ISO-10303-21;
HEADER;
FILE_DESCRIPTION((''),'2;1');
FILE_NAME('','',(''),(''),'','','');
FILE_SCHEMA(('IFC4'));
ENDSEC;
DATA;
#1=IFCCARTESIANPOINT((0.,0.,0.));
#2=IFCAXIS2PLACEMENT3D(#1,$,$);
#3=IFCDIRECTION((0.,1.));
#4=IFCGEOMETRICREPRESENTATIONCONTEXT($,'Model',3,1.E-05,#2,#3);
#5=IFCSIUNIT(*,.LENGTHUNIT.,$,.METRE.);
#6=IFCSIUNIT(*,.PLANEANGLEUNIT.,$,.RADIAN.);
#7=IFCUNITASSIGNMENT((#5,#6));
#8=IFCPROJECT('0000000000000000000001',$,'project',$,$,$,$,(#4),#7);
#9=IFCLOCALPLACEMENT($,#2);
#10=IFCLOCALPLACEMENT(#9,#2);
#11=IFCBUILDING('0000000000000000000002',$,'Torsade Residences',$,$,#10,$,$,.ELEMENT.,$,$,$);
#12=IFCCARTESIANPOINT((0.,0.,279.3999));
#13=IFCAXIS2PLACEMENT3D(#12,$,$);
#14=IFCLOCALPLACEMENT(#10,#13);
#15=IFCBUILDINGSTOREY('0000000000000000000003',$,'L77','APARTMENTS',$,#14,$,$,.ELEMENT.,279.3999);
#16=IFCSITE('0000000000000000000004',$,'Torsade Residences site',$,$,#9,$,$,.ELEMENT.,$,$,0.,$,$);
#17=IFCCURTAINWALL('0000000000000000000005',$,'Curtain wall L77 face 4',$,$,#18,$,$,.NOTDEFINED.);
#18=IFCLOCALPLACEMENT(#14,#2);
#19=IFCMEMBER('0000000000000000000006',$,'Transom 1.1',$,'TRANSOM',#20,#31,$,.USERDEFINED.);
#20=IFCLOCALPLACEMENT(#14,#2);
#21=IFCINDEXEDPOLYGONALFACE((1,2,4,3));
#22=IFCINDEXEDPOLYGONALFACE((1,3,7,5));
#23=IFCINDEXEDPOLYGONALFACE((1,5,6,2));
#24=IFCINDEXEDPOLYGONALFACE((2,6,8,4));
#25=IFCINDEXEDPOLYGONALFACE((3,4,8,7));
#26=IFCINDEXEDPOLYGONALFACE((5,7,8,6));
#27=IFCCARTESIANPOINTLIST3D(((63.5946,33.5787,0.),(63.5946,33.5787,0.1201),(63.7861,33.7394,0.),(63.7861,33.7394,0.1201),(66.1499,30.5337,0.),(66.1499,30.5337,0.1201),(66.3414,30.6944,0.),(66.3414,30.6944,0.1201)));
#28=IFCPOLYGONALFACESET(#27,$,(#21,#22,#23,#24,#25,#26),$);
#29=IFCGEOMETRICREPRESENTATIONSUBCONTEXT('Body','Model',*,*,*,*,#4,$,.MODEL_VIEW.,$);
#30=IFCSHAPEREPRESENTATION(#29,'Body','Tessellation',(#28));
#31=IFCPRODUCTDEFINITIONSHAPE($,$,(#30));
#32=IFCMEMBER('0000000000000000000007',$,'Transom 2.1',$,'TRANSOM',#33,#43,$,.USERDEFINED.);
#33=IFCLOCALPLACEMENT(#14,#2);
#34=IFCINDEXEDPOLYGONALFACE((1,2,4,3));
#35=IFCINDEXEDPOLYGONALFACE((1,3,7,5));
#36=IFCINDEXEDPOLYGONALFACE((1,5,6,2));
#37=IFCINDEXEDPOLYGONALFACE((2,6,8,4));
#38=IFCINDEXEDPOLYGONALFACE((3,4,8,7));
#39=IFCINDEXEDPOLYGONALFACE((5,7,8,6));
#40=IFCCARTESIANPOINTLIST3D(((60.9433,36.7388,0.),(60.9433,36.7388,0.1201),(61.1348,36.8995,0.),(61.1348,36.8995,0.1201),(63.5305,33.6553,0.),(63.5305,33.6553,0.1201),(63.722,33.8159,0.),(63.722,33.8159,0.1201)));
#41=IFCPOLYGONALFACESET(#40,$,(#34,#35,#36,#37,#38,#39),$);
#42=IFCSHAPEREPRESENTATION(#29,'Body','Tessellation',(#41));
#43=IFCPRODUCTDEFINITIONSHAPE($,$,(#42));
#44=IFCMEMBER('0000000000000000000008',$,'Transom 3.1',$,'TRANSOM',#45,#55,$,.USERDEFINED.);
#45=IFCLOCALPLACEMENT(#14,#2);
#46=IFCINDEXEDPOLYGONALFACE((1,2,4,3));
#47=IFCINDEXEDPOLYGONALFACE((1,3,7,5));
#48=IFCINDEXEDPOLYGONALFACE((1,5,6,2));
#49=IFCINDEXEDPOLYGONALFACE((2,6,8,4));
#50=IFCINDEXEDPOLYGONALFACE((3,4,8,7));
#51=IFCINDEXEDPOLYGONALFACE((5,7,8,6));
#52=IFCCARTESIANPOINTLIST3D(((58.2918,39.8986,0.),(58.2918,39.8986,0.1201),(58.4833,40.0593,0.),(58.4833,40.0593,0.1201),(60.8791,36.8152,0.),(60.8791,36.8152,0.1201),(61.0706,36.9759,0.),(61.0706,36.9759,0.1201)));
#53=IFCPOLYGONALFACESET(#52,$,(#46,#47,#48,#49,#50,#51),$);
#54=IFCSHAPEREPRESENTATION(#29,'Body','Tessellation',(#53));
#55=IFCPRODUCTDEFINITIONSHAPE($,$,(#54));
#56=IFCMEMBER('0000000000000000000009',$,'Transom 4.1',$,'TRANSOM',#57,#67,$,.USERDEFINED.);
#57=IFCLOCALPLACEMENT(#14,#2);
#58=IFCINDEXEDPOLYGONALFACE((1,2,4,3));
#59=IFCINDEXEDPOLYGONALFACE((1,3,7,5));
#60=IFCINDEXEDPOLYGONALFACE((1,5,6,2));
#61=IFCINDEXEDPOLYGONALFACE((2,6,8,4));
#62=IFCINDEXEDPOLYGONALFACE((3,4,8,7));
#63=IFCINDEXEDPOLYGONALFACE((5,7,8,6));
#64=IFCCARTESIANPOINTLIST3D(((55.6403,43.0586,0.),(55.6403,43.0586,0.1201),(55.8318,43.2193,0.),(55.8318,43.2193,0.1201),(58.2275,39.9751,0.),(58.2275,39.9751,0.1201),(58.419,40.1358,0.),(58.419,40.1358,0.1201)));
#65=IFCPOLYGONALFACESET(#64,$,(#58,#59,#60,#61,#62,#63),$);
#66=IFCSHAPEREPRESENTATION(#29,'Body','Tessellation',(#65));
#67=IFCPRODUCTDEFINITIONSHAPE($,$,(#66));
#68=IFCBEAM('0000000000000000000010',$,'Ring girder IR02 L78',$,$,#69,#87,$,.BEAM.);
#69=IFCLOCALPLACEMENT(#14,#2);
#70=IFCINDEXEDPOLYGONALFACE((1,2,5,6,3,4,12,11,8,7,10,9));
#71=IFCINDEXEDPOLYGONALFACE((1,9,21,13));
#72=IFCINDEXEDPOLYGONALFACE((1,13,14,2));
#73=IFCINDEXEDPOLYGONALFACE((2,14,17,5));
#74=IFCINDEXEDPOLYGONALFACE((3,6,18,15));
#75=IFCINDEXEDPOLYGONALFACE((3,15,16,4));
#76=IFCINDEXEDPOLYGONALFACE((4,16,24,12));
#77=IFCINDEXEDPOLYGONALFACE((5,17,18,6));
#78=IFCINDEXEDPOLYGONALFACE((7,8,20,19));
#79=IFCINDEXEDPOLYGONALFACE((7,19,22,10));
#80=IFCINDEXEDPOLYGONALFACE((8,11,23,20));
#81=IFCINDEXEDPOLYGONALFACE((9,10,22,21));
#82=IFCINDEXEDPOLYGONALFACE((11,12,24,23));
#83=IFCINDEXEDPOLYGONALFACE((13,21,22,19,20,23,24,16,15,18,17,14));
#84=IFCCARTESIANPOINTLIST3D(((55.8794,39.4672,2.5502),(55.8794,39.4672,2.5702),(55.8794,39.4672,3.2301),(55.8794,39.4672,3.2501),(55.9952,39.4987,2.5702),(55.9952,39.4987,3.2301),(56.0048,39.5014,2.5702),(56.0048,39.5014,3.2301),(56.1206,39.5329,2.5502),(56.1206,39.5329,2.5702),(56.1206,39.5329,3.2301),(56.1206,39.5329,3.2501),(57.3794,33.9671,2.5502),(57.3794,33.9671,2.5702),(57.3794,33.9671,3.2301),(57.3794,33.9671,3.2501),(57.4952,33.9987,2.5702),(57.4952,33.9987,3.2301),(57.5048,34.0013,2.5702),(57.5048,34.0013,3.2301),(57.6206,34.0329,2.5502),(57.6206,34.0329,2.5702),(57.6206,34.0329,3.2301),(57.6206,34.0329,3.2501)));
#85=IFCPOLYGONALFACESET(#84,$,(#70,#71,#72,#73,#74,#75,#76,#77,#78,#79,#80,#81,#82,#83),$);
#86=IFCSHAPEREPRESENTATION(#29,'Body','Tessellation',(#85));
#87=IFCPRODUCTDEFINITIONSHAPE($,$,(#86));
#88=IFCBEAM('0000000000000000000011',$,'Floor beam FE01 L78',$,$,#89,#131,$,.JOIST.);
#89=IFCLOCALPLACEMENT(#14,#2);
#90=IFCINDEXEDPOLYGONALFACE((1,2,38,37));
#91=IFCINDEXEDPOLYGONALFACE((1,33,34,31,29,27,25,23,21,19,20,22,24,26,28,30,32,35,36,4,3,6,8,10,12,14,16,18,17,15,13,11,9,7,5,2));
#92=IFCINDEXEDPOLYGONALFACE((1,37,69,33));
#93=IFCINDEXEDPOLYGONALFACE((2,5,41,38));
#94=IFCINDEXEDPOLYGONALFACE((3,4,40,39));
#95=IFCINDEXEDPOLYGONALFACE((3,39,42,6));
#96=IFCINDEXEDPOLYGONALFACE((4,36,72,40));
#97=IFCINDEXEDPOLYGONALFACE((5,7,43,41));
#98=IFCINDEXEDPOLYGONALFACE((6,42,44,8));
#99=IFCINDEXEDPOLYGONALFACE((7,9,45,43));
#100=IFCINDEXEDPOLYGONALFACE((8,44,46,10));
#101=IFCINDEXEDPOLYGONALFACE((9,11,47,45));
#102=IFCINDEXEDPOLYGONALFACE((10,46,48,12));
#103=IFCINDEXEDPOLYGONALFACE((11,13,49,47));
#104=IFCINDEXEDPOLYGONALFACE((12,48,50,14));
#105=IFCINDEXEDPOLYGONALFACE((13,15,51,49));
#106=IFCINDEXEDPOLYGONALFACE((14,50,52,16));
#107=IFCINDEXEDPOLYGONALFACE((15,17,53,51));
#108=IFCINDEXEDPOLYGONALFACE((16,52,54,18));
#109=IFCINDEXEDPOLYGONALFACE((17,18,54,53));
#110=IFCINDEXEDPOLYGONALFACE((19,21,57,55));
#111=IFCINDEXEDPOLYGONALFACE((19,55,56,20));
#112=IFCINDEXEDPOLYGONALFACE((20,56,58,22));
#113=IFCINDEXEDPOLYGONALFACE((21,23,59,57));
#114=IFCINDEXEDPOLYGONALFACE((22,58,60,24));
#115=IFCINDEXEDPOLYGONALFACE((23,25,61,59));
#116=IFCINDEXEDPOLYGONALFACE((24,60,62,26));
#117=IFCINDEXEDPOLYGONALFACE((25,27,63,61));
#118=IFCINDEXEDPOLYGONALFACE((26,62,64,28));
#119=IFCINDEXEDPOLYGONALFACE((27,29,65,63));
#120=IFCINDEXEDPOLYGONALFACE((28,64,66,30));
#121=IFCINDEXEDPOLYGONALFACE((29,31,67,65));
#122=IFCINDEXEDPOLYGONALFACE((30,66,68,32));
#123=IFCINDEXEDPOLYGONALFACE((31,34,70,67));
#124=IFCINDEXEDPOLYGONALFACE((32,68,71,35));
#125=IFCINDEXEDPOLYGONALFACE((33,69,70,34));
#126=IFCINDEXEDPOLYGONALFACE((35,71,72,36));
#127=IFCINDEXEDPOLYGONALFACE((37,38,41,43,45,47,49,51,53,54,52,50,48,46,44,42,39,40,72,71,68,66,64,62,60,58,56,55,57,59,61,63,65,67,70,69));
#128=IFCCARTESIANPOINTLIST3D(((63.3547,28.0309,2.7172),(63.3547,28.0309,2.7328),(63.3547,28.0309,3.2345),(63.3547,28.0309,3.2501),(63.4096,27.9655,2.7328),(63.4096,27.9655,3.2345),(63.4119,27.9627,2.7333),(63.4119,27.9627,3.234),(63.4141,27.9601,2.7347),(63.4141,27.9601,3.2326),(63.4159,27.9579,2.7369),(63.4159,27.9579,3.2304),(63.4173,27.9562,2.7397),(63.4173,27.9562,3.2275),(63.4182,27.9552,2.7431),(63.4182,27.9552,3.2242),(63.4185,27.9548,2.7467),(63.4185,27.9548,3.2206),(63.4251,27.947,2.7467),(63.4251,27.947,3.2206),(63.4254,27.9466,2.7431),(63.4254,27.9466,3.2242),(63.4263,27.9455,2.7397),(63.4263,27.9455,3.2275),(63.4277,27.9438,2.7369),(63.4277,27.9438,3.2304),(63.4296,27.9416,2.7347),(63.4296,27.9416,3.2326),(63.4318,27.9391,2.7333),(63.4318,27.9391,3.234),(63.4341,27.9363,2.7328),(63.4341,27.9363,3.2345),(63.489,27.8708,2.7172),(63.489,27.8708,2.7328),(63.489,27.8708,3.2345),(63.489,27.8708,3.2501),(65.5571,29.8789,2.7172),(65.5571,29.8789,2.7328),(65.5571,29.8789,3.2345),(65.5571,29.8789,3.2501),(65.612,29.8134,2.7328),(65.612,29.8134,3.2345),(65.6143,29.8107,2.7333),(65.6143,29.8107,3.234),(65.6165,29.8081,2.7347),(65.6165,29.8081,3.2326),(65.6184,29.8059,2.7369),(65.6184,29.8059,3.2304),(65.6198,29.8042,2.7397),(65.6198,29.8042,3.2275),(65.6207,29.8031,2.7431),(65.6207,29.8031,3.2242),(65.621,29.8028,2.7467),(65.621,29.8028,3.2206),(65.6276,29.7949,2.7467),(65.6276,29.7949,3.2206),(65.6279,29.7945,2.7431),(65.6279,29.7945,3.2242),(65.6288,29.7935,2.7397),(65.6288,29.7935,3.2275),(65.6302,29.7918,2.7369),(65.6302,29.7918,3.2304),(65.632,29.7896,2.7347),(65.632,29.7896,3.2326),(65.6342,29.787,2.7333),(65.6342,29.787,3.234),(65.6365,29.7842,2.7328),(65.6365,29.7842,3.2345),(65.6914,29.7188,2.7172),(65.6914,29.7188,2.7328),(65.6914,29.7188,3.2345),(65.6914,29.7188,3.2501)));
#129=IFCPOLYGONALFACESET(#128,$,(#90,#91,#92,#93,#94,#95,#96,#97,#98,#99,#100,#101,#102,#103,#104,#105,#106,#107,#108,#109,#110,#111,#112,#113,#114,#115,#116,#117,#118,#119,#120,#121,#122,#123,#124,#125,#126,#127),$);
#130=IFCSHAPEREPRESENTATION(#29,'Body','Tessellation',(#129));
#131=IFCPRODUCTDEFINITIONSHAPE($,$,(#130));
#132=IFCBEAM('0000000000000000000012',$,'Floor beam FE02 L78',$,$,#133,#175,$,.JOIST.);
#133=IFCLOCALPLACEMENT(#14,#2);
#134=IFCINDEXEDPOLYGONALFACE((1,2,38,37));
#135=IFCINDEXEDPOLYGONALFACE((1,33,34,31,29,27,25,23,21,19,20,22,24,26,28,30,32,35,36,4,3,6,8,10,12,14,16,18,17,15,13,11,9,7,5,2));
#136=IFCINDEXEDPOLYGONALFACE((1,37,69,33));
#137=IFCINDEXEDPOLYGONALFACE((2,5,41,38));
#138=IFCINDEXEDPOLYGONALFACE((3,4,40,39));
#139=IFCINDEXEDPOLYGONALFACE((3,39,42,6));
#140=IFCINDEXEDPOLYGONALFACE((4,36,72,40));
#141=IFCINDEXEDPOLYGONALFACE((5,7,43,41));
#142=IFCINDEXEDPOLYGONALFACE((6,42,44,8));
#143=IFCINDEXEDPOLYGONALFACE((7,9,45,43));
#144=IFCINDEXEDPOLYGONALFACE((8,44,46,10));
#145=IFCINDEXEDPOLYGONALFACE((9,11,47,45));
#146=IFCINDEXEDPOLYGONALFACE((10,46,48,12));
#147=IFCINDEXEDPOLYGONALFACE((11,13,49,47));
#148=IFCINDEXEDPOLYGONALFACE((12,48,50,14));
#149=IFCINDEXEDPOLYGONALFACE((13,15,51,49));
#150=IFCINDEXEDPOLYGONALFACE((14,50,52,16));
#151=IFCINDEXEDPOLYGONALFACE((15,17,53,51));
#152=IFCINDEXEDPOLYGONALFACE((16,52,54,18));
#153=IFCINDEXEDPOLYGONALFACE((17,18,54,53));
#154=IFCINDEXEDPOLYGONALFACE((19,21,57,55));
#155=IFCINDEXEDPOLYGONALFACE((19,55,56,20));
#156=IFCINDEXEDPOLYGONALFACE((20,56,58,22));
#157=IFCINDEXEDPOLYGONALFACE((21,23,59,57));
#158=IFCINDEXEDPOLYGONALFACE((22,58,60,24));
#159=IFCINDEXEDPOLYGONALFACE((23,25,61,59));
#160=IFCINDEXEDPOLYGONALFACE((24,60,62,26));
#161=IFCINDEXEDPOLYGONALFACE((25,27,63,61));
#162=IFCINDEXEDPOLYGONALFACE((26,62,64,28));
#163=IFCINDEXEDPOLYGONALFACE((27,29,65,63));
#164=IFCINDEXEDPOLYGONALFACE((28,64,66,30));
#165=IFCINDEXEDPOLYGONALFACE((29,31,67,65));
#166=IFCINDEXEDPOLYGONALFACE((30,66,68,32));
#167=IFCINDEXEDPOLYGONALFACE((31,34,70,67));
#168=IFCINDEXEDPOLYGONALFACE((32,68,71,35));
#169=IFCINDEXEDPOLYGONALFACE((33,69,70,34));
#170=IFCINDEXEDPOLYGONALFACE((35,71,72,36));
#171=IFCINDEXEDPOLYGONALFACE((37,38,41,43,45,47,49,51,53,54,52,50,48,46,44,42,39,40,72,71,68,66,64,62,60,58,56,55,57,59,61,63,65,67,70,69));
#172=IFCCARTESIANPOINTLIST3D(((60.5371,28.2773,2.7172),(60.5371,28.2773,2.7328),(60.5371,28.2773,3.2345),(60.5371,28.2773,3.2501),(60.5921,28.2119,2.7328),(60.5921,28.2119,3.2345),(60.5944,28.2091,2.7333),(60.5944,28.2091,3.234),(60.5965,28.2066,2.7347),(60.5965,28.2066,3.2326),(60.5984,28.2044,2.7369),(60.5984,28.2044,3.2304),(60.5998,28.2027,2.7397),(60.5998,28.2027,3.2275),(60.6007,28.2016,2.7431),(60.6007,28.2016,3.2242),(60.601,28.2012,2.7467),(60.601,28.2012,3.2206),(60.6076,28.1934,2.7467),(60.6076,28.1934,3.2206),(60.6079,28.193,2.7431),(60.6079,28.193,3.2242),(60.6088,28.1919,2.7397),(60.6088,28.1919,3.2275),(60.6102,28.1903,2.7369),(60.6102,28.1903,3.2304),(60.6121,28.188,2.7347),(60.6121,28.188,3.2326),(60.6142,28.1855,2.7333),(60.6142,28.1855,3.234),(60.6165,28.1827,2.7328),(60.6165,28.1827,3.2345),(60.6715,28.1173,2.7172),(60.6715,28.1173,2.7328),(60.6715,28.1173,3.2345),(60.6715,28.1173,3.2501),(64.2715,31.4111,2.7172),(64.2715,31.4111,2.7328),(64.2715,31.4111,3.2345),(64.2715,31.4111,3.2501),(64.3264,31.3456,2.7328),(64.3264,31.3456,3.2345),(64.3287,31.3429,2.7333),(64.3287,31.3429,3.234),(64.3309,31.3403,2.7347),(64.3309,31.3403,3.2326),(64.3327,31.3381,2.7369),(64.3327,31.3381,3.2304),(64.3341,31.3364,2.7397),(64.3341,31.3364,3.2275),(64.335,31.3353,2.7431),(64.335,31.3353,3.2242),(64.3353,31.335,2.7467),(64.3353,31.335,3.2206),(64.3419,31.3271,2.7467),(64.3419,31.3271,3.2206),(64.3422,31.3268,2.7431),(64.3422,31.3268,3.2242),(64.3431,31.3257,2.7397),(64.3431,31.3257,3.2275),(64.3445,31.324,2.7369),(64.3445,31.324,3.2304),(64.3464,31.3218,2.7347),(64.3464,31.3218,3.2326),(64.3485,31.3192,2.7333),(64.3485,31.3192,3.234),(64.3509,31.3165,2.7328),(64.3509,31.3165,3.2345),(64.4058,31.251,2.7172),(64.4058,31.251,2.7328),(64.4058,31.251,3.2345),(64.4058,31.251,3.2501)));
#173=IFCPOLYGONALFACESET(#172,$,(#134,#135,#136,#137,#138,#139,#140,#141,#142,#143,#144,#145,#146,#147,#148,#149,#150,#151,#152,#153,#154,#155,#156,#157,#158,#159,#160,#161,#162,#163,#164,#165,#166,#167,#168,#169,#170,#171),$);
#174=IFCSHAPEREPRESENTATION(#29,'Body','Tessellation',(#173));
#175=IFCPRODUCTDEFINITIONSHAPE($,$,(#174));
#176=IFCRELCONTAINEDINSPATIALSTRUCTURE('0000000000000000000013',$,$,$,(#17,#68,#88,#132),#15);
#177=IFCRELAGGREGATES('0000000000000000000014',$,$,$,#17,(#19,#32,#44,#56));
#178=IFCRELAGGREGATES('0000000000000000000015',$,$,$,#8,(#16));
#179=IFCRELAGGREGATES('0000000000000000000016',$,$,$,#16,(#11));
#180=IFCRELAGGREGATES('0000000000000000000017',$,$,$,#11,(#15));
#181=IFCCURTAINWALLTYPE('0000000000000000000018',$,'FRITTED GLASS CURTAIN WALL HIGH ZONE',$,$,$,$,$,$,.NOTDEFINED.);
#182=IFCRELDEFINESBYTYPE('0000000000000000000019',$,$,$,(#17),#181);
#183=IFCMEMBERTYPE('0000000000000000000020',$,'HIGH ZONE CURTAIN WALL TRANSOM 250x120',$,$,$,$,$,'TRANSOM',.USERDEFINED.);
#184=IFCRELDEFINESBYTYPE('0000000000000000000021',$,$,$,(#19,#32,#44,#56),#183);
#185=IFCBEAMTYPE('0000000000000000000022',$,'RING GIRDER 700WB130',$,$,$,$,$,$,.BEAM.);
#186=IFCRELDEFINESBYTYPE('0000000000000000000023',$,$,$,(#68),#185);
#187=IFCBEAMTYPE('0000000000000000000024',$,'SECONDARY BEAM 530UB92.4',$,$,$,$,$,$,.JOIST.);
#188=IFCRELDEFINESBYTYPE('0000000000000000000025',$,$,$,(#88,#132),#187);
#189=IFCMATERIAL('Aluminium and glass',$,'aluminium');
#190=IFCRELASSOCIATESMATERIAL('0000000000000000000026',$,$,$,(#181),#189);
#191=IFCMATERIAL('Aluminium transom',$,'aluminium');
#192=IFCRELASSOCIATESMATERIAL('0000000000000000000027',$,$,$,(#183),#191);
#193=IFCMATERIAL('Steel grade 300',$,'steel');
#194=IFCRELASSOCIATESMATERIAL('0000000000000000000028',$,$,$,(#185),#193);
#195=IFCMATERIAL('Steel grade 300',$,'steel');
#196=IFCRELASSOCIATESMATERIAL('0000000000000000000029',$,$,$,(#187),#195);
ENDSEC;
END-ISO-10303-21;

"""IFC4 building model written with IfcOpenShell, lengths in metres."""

from ifc_helpers import new_model, si_unit, direction, frame, origin, origin_2d, place, context, subcontext, project, spatial, rectangle, i_section, extrude, material, material_profile, profile_set, type_object, element, aggregate, save


model = new_model("IFC4")

# Units and contexts
model_context = context("Model", 3, precision=1e-05, world=origin(), true_north=direction((0.0, 1.0)))
body_context = subcontext(model_context, "Body", "Model", "MODEL_VIEW")
ifc_project = project(units=[si_unit("LENGTHUNIT", "METRE"), si_unit("PLANEANGLEUNIT", "RADIAN")], contexts=[model_context])

# Site, building, storey
site_placement = place(None, origin())
site = spatial("IfcSite", under=ifc_project, at=site_placement, Name="Torsade Residences site", CompositionType="ELEMENT", RefElevation=0.0)
building_placement = place(site_placement, origin())
building = spatial("IfcBuilding", under=site, at=building_placement, Name="Torsade Residences", CompositionType="ELEMENT")
storey_placement = place(building_placement, frame((0.0, 0.0, 279.3999)))
storey = spatial("IfcBuildingStorey", under=building, at=storey_placement, Name="L77", Description="APARTMENTS", CompositionType="ELEMENT", Elevation=279.3999)

# Curtain wall, members
ifc_material_1 = material(Name="Aluminium and glass", Category="aluminium")
curtain_wall_type = type_object("IfcCurtainWallType", Name="FRITTED GLASS CURTAIN WALL HIGH ZONE", PredefinedType="NOTDEFINED", material=ifc_material_1)
curtain_wall_placement = place(storey_placement, origin())
curtain_wall = element("IfcCurtainWall", 1, at=curtain_wall_placement, inside=storey, type_object=curtain_wall_type, Name="Curtain wall L77 face 4", PredefinedType="NOTDEFINED")
ifc_material_2 = material(Name="Aluminium transom", Category="aluminium")
ifc_material_profile_1 = material_profile(ifc_material_2, rectangle(XDim=0.25, YDim=0.1201, at=origin_2d()), Name="HIGH ZONE CURTAIN WALL TRANSOM 250x120")
ifc_profile_set_1 = profile_set([ifc_material_profile_1], Name="Aluminium transom")
member_type_1 = type_object("IfcMemberType", Name="HIGH ZONE CURTAIN WALL TRANSOM 250x120", ElementType="TRANSOM", PredefinedType="USERDEFINED", material=ifc_profile_set_1)
member_1_placement = place(storey_placement, frame((66.2456, 30.614, 0.0601), z_axis=(-0.642815, 0.766022, 0.0), x_axis=(-0.766022, -0.642815, 0.0)))
member_1 = element("IfcMember", 2, at=member_1_placement, type_object=member_type_1, Name="Transom 1.1", ObjectType="TRANSOM", PredefinedType="USERDEFINED", context=body_context, shape_type="SweptSolid", body=[
    extrude(rectangle(XDim=0.25, YDim=0.1201, at=origin_2d()), origin(), (0.0, 0.0, 1.0), 3.9751),
])
member_2_placement = place(storey_placement, frame((63.6262, 33.7356, 0.0601), z_axis=(-0.642758, 0.766069, 0.0), x_axis=(-0.766069, -0.642758, 0.0)))
member_2 = element("IfcMember", 3, at=member_2_placement, type_object=member_type_1, Name="Transom 2.1", ObjectType="TRANSOM", PredefinedType="USERDEFINED", context=body_context, shape_type="SweptSolid", body=[
    extrude(rectangle(XDim=0.25, YDim=0.1201, at=origin_2d()), origin(), (0.0, 0.0, 1.0), 4.0251),
])
member_3_placement = place(storey_placement, frame((60.9749, 36.8955, 0.0601), z_axis=(-0.642794, 0.766039, 0.0), x_axis=(-0.766039, -0.642794, 0.0)))
member_3 = element("IfcMember", 4, at=member_3_placement, type_object=member_type_1, Name="Transom 3.1", ObjectType="TRANSOM", PredefinedType="USERDEFINED", context=body_context, shape_type="SweptSolid", body=[
    extrude(rectangle(XDim=0.25, YDim=0.1201, at=origin_2d()), origin(), (0.0, 0.0, 1.0), 4.0251),
])
member_4_placement = place(storey_placement, frame((58.3232, 40.0554, 0.0601), z_axis=(-0.642758, 0.766069, 0.0), x_axis=(-0.766069, -0.642758, 0.0)))
member_4 = element("IfcMember", 5, at=member_4_placement, type_object=member_type_1, Name="Transom 4.1", ObjectType="TRANSOM", PredefinedType="USERDEFINED", context=body_context, shape_type="SweptSolid", body=[
    extrude(rectangle(XDim=0.25, YDim=0.1201, at=origin_2d()), origin(), (0.0, 0.0, 1.0), 4.0251),
])

# Beams
ifc_material_3 = material(Name="Steel grade 300", Category="steel")
ifc_material_profile_2 = material_profile(ifc_material_3, i_section(OverallWidth=0.25, OverallDepth=0.7, WebThickness=0.01, FlangeThickness=0.02, at=origin_2d()), Name="700WB130")
ifc_profile_set_2 = profile_set([ifc_material_profile_2], Name="Steel grade 300")
beam_type_1 = type_object("IfcBeamType", Name="RING GIRDER 700WB130", PredefinedType="BEAM", material=ifc_profile_set_2)
beam_1_placement = place(storey_placement, frame((57.5, 34.0, 2.9001), z_axis=(-0.263117, 0.964764, 0.0), x_axis=(-0.964764, -0.263117, 0.0)))
element("IfcBeam", 6, at=beam_1_placement, inside=storey, type_object=beam_type_1, Name="Ring girder IR02 L78", PredefinedType="BEAM", context=body_context, shape_type="SweptSolid", body=[
    extrude(i_section(OverallWidth=0.25, OverallDepth=0.7, WebThickness=0.01, FlangeThickness=0.02, at=origin_2d()), origin(), (0.0, 0.0, 1.0), 5.7009),
])
ifc_material_4 = material(Name="Steel grade 300", Category="steel")
ifc_material_profile_3 = material_profile(ifc_material_4, i_section(OverallWidth=0.209, OverallDepth=0.533, WebThickness=0.0103, FlangeThickness=0.0156, FilletRadius=0.0139, at=origin_2d()), Name="530UB92.4")
ifc_profile_set_3 = profile_set([ifc_material_profile_3], Name="Steel grade 300")
beam_type_2 = type_object("IfcBeamType", Name="SECONDARY BEAM 530UB92.4", PredefinedType="JOIST", material=ifc_profile_set_3)
beam_2_placement = place(storey_placement, frame((65.6243, 29.7988, 2.9836), z_axis=(-0.766066, -0.642762, 0.0), x_axis=(0.642762, -0.766066, 0.0)))
element("IfcBeam", 7, at=beam_2_placement, inside=storey, type_object=beam_type_2, Name="Floor beam FE01 L78", PredefinedType="JOIST", context=body_context, shape_type="SweptSolid", body=[
    extrude(i_section(OverallWidth=0.209, OverallDepth=0.533, WebThickness=0.0103, FlangeThickness=0.0156, FilletRadius=0.0139, at=origin_2d()), origin(), (0.0, 0.0, 1.0), 2.875),
])
beam_3_placement = place(storey_placement, frame((64.3386, 31.3311, 2.9836), z_axis=(-0.766017, -0.642821, 0.0), x_axis=(0.642821, -0.766017, 0.0)))
element("IfcBeam", 8, at=beam_3_placement, inside=storey, type_object=beam_type_2, Name="Floor beam FE02 L78", PredefinedType="JOIST", context=body_context, shape_type="SweptSolid", body=[
    extrude(i_section(OverallWidth=0.209, OverallDepth=0.533, WebThickness=0.0103, FlangeThickness=0.0156, FilletRadius=0.0139, at=origin_2d()), origin(), (0.0, 0.0, 1.0), 4.875),
])

aggregate(curtain_wall, [member_1, member_2, member_3, member_4])

save(model, "model.ifc")
